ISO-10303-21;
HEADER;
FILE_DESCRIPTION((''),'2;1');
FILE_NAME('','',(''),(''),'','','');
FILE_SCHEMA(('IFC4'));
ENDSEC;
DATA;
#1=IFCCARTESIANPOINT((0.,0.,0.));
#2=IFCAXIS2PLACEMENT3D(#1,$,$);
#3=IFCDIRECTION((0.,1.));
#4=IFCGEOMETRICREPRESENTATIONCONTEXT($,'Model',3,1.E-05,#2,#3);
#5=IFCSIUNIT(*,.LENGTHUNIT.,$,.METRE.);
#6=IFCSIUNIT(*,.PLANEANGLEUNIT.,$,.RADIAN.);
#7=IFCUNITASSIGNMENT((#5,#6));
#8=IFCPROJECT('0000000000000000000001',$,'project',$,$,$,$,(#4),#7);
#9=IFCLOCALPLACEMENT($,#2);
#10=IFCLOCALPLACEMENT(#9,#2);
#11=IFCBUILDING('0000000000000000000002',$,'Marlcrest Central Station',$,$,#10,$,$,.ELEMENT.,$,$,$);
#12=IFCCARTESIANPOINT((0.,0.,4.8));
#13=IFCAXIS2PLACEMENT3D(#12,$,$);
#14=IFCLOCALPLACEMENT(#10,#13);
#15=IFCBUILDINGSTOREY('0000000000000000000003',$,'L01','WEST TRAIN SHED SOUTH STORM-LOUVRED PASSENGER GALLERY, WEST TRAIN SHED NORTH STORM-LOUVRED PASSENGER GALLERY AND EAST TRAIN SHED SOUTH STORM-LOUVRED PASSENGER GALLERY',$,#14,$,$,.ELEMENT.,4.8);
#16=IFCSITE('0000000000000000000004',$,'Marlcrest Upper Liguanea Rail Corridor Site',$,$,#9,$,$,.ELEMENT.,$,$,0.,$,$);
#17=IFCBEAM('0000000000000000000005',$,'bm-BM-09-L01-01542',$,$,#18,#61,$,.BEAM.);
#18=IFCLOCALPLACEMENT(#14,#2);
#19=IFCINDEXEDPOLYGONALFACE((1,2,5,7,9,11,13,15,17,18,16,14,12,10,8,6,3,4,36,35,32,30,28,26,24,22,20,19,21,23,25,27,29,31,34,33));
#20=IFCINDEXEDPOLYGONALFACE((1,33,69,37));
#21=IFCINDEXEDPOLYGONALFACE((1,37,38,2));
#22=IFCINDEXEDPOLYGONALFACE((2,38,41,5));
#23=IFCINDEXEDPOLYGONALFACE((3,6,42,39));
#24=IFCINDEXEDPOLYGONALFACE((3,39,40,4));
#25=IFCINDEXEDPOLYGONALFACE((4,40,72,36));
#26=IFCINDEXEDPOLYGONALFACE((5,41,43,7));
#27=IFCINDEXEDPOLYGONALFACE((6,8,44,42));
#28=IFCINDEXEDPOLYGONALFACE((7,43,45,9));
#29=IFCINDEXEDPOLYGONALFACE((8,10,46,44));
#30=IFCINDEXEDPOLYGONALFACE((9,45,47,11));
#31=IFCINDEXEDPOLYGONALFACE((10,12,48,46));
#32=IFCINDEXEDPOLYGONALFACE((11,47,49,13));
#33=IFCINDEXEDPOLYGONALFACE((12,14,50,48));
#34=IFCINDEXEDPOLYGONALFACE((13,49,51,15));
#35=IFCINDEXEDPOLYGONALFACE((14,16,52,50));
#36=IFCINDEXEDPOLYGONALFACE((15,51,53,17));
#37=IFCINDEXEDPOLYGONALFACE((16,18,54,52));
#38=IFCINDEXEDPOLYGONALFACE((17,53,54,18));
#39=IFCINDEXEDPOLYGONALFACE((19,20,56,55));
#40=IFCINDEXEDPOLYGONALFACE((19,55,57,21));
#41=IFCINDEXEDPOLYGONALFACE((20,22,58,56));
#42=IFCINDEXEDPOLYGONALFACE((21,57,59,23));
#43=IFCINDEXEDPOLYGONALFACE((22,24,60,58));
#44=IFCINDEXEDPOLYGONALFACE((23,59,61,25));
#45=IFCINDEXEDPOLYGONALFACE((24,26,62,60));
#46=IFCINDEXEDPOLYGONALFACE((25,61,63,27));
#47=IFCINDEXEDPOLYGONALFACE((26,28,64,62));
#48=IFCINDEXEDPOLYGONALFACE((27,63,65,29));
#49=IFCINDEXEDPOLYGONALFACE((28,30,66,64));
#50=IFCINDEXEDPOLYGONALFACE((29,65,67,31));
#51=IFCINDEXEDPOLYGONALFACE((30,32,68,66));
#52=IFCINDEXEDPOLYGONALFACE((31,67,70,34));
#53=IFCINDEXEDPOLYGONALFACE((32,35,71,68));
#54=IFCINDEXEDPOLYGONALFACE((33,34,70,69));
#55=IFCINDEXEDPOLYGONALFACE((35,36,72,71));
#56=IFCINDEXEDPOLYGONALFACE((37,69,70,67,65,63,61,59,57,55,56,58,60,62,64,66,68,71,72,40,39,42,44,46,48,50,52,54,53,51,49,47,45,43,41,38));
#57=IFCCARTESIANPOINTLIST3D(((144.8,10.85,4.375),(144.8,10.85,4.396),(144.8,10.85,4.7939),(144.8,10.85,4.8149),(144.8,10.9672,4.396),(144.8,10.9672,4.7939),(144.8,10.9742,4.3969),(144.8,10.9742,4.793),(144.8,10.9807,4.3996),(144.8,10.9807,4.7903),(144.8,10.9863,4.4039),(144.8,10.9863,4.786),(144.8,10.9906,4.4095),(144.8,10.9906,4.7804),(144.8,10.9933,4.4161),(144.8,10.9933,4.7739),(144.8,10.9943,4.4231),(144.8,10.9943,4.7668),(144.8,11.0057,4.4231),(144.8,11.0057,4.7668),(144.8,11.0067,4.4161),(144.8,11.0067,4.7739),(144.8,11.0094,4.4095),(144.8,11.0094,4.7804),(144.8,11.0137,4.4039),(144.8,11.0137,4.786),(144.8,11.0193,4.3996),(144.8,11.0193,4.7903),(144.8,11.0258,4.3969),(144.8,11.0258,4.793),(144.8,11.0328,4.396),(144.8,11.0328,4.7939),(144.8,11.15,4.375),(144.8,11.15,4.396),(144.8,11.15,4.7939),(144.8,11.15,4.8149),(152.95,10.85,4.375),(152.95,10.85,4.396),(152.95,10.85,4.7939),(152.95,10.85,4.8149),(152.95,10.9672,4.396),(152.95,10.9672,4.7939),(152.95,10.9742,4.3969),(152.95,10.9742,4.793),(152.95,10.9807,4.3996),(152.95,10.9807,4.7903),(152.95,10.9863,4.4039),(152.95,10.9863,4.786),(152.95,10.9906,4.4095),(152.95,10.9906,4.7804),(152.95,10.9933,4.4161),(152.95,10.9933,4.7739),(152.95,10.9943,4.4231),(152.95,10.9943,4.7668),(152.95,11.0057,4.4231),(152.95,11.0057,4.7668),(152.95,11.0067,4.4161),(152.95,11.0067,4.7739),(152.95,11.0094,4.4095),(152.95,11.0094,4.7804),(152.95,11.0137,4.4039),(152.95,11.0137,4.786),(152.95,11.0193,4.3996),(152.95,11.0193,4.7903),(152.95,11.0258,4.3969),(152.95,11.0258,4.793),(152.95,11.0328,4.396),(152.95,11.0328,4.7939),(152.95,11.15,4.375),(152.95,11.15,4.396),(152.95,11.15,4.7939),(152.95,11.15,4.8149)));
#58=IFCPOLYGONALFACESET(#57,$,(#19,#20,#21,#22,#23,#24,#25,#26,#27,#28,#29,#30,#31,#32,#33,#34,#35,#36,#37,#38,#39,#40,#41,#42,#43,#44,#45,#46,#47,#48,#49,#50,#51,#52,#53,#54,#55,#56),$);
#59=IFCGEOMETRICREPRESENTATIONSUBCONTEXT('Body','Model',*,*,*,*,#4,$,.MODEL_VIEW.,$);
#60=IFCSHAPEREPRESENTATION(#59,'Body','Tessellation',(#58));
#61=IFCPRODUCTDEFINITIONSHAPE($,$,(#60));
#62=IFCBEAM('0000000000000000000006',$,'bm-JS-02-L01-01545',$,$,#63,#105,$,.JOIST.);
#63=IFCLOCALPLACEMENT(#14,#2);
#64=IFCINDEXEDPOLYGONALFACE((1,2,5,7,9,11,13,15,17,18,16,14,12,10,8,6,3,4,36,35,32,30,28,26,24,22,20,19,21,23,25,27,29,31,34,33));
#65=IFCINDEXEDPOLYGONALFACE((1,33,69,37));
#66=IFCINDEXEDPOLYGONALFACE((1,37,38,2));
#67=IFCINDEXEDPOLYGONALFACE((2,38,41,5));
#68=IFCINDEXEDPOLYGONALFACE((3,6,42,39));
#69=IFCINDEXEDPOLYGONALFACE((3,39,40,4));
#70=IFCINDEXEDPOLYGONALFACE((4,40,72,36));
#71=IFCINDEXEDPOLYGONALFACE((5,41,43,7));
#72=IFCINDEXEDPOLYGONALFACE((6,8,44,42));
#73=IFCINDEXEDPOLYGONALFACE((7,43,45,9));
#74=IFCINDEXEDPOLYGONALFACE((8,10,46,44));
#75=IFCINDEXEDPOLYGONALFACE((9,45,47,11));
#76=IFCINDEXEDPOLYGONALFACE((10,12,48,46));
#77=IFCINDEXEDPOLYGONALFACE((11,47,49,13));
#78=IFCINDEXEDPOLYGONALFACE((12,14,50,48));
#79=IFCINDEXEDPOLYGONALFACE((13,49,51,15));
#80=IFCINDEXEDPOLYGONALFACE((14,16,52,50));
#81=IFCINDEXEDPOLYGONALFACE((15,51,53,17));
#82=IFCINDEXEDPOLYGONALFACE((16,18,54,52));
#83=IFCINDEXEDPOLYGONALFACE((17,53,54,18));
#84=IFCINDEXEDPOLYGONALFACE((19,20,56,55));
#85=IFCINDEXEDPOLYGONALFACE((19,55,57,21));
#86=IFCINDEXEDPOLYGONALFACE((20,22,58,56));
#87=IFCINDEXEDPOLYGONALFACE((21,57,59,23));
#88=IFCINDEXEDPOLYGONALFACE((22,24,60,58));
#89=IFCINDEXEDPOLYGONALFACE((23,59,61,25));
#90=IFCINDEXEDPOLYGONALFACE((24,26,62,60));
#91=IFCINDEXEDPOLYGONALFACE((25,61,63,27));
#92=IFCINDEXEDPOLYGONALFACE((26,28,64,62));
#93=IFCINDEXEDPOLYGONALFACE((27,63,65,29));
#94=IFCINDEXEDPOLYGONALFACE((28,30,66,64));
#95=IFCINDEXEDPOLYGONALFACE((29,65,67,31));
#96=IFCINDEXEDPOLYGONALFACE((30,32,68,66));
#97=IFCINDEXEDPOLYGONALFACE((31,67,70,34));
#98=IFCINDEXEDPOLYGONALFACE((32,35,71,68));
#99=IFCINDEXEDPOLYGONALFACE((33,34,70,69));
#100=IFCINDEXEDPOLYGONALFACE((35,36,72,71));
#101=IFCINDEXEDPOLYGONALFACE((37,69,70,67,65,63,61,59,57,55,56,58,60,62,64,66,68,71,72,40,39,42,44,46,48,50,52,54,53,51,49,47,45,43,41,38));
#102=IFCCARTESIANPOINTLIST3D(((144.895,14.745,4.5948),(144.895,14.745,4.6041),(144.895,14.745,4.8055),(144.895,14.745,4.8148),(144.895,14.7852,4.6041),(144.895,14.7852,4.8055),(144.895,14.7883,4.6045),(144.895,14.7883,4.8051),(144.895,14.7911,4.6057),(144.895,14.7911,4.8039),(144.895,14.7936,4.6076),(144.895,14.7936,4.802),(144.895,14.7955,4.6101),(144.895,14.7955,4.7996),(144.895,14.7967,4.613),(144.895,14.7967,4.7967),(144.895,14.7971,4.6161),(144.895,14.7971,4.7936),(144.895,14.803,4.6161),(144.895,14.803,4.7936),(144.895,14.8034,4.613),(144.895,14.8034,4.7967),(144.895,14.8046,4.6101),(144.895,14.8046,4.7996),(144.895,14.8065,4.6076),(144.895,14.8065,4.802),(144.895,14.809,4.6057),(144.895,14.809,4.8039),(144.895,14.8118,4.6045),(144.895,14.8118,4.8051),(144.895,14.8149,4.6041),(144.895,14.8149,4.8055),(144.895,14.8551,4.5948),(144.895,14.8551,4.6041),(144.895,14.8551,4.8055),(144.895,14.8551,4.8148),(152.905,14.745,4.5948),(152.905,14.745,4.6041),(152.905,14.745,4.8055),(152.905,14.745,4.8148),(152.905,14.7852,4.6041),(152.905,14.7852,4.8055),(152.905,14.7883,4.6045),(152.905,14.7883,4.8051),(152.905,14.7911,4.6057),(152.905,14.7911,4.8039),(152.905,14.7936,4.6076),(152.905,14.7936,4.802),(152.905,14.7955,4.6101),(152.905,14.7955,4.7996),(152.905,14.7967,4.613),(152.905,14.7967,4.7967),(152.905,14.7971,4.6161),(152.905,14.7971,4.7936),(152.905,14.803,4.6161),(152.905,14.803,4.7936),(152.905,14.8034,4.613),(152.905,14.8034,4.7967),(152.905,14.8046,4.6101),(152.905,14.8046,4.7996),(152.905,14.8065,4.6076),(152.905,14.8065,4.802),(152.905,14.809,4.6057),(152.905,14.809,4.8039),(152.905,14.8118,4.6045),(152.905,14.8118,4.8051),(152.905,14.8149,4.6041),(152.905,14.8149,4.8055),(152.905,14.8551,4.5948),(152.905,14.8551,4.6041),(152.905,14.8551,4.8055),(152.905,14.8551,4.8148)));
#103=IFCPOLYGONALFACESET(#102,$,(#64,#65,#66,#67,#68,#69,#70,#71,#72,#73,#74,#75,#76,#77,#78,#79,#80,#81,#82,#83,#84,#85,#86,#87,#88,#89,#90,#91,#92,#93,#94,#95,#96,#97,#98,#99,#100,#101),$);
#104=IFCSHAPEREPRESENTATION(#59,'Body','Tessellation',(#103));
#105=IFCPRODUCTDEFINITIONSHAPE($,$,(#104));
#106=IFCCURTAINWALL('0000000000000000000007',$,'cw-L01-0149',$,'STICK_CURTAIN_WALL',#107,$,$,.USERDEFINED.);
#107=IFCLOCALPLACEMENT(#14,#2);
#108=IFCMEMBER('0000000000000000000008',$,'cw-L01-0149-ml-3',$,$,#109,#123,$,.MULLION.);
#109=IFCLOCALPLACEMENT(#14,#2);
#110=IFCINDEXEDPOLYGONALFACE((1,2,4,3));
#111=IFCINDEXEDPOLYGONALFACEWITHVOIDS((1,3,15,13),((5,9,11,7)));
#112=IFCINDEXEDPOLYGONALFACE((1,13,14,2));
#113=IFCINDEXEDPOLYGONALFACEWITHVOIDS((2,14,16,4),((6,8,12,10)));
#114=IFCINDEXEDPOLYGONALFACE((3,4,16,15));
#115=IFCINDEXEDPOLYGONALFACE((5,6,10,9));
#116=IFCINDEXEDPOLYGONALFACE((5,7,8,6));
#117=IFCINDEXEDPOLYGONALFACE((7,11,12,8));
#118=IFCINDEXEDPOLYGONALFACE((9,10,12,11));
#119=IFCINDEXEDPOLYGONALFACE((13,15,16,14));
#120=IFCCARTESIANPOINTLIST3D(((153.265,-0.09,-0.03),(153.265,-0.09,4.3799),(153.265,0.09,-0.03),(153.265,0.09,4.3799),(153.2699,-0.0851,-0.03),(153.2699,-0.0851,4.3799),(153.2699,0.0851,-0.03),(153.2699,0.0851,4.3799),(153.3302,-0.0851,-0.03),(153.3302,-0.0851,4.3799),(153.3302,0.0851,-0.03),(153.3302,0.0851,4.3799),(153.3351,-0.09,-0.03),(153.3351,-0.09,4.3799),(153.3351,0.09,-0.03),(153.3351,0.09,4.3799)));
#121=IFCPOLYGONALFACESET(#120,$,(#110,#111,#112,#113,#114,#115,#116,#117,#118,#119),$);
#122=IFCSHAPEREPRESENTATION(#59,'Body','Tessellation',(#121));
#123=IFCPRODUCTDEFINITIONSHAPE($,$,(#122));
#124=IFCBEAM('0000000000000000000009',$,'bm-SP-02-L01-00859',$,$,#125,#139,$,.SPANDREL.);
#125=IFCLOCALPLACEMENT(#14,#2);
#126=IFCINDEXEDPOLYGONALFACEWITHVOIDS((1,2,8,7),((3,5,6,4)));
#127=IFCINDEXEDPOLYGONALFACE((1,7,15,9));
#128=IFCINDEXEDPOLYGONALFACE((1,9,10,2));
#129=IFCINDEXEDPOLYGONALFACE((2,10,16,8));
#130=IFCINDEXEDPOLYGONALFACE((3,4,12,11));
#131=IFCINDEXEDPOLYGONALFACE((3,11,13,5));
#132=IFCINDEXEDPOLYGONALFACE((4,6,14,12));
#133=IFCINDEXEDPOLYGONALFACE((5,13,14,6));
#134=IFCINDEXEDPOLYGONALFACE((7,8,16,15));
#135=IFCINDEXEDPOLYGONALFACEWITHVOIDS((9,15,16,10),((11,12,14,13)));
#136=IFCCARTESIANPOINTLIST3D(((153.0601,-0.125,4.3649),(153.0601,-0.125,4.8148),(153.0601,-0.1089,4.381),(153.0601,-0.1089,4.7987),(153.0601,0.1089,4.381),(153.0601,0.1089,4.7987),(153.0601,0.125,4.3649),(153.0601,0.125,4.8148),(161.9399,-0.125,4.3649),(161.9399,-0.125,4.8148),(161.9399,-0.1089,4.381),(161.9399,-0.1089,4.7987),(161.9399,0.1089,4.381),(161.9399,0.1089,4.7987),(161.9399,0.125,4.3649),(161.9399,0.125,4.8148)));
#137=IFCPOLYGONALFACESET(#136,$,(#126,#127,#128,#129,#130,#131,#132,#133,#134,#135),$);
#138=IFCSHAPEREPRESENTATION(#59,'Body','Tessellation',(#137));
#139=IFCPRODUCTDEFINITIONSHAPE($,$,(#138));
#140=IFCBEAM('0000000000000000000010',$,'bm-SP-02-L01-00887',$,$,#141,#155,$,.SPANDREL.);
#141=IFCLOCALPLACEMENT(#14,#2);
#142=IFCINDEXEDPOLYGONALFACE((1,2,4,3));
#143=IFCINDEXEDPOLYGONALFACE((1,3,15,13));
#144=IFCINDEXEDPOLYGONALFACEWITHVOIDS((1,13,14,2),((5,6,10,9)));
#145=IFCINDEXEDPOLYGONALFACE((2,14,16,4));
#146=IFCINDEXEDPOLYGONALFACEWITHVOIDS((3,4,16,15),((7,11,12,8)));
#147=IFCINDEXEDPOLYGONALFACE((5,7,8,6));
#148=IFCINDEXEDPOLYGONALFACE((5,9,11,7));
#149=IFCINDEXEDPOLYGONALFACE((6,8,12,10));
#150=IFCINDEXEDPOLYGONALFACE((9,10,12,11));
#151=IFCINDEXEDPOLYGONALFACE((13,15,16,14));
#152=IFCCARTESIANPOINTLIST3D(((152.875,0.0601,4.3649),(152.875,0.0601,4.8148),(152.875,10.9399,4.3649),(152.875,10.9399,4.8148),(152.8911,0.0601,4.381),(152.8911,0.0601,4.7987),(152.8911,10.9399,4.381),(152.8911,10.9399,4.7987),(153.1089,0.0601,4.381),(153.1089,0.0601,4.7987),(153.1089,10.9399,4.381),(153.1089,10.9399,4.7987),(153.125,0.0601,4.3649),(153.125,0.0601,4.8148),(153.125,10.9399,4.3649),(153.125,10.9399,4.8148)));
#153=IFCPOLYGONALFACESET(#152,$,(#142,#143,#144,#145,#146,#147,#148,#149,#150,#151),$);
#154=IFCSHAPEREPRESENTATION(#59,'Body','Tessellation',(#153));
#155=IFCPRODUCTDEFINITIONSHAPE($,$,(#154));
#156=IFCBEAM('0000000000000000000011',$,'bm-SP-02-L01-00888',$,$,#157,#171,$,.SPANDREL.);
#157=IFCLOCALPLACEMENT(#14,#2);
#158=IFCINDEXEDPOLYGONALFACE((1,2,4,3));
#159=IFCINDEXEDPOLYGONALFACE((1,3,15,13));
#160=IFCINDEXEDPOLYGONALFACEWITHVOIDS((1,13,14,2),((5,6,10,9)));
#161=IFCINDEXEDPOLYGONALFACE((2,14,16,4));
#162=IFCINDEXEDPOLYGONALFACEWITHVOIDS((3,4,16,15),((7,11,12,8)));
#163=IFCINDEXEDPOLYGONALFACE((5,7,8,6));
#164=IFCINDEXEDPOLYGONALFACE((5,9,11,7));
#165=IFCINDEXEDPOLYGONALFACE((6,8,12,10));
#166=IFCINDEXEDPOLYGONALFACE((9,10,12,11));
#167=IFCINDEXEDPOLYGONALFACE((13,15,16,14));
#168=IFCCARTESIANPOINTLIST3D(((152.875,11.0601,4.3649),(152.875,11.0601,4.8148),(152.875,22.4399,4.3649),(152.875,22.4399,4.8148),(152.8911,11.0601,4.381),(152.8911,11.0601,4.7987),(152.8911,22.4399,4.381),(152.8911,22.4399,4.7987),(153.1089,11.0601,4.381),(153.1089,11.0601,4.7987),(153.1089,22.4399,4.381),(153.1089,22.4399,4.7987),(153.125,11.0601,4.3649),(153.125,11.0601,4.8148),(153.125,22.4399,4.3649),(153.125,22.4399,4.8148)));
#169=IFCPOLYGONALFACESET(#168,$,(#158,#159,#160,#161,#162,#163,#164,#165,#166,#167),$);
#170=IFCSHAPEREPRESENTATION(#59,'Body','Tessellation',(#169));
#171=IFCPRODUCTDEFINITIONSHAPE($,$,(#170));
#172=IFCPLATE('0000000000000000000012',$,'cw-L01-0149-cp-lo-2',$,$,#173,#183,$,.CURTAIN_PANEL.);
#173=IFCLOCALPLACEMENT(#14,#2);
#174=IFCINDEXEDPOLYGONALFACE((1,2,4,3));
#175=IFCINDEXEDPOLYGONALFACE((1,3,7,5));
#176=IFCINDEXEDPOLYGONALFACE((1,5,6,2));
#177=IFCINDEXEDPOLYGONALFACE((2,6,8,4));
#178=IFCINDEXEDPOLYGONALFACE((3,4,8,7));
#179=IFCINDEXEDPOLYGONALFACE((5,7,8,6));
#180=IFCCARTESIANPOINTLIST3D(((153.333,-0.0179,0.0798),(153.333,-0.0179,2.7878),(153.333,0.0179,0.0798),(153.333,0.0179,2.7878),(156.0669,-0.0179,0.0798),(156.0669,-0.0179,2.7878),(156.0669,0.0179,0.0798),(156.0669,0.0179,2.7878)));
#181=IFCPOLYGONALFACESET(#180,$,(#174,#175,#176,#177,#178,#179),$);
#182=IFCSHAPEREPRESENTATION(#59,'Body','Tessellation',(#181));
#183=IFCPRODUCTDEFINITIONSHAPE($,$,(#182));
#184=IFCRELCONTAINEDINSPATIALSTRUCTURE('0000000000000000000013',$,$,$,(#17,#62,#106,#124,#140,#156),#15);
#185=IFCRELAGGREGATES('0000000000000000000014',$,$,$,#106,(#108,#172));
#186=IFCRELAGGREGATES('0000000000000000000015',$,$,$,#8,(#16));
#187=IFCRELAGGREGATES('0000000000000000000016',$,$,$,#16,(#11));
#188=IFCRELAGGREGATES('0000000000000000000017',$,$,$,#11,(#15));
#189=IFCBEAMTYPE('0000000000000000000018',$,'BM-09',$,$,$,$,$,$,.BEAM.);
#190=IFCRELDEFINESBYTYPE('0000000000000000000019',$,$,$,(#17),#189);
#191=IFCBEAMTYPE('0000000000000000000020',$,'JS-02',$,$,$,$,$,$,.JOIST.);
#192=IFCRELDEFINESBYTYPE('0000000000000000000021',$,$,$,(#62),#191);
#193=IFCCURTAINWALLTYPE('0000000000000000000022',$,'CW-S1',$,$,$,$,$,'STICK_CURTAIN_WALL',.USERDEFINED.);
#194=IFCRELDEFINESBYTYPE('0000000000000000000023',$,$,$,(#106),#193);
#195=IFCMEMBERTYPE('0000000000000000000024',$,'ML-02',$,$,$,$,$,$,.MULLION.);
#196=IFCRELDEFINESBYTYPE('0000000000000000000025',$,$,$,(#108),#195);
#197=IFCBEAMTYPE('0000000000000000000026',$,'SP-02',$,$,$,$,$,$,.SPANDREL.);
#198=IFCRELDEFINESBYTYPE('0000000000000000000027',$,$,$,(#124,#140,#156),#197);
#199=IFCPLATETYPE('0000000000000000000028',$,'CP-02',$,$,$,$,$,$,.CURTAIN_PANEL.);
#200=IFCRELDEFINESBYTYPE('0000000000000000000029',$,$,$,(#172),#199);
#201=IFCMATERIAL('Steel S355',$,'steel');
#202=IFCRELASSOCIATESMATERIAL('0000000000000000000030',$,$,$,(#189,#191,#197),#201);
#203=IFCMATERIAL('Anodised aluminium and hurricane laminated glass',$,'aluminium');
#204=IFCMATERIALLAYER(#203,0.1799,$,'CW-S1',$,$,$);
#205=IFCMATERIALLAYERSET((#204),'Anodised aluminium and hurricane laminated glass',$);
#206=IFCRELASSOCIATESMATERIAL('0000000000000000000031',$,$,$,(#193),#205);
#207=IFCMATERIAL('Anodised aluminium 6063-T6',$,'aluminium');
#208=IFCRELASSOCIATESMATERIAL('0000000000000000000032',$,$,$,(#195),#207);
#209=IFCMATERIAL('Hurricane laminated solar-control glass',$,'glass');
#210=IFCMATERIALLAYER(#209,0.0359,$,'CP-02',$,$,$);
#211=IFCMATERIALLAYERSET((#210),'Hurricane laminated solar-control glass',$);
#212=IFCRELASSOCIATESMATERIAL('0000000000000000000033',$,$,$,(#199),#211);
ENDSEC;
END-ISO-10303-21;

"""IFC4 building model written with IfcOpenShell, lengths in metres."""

from ifc_helpers import new_model, si_unit, direction, frame, origin, origin_2d, place, context, subcontext, project, spatial, rectangle, hollow_rectangle, i_section, extrude, material, layer, layer_set, material_profile, profile_set, type_object, element, aggregate, save


model = new_model("IFC4")

# Units and contexts
model_context = context("Model", 3, precision=1e-05, world=origin(), true_north=direction((0.0, 1.0)))
body_context = subcontext(model_context, "Body", "Model", "MODEL_VIEW")
ifc_project = project(units=[si_unit("LENGTHUNIT", "METRE"), si_unit("PLANEANGLEUNIT", "RADIAN")], contexts=[model_context])

# Site, building, storey
site_placement = place(None, origin())
site = spatial("IfcSite", under=ifc_project, at=site_placement, Name="Marlcrest Upper Liguanea Rail Corridor Site", CompositionType="ELEMENT", RefElevation=0.0)
building_placement = place(site_placement, origin())
building = spatial("IfcBuilding", under=site, at=building_placement, Name="Marlcrest Central Station", CompositionType="ELEMENT")
storey_placement = place(building_placement, frame((0.0, 0.0, 4.8)))
storey = spatial("IfcBuildingStorey", under=building, at=storey_placement, Name="L01", Description="WEST TRAIN SHED SOUTH STORM-LOUVRED PASSENGER GALLERY, WEST TRAIN SHED NORTH STORM-LOUVRED PASSENGER GALLERY AND EAST TRAIN SHED SOUTH STORM-LOUVRED PASSENGER GALLERY", CompositionType="ELEMENT", Elevation=4.8)

# Shared definitions
ifc_material_1 = material(Name="Steel S355", Category="steel")

# Beams
ifc_material_profile_1 = material_profile(ifc_material_1, i_section(OverallWidth=0.3, OverallDepth=0.4399, WebThickness=0.0115, FlangeThickness=0.021, FilletRadius=0.0271, at=origin_2d()), Name="HEA 450")
ifc_profile_set_1 = profile_set([ifc_material_profile_1], Name="Steel S355")
beam_type_1 = type_object("IfcBeamType", Name="BM-09", PredefinedType="BEAM", material=ifc_profile_set_1)
beam_1_placement = place(storey_placement, frame((144.8, 11.0, 4.595), z_axis=(1.0, 0.0, 0.0), x_axis=(0.0, 1.0, 0.0)))
element("IfcBeam", 1, at=beam_1_placement, inside=storey, type_object=beam_type_1, Name="bm-BM-09-L01-01542", PredefinedType="BEAM", context=body_context, shape_type="SweptSolid", body=[
    extrude(i_section(OverallWidth=0.3, OverallDepth=0.4399, WebThickness=0.0115, FlangeThickness=0.021, FilletRadius=0.0271, at=origin_2d()), origin(), (0.0, 0.0, 1.0), 8.1499),
])
ifc_material_profile_2 = material_profile(ifc_material_1, i_section(OverallWidth=0.1101, OverallDepth=0.22, WebThickness=0.0059, FlangeThickness=0.0093, FilletRadius=0.012, at=origin_2d()), Name="IPE 220")
ifc_profile_set_2 = profile_set([ifc_material_profile_2], Name="Steel S355")
beam_type_2 = type_object("IfcBeamType", Name="JS-02", PredefinedType="JOIST", material=ifc_profile_set_2)
beam_2_placement = place(storey_placement, frame((144.895, 14.8, 4.7048), z_axis=(1.0, 0.0, 0.0), x_axis=(0.0, 1.0, 0.0)))
element("IfcBeam", 2, at=beam_2_placement, inside=storey, type_object=beam_type_2, Name="bm-JS-02-L01-01545", PredefinedType="JOIST", context=body_context, shape_type="SweptSolid", body=[
    extrude(i_section(OverallWidth=0.1101, OverallDepth=0.22, WebThickness=0.0059, FlangeThickness=0.0093, FilletRadius=0.012, at=origin_2d()), origin(), (0.0, 0.0, 1.0), 8.01),
])

# Curtain wall, member
ifc_material_2 = material(Name="Anodised aluminium and hurricane laminated glass", Category="aluminium")
ifc_layer_1 = layer(ifc_material_2, 0.1799, Name="CW-S1")
ifc_layer_set_1 = layer_set([ifc_layer_1], Name="Anodised aluminium and hurricane laminated glass")
curtain_wall_type = type_object("IfcCurtainWallType", Name="CW-S1", ElementType="STICK_CURTAIN_WALL", PredefinedType="USERDEFINED", material=ifc_layer_set_1)
curtain_wall_placement = place(storey_placement, origin())
curtain_wall = element("IfcCurtainWall", 3, at=curtain_wall_placement, inside=storey, type_object=curtain_wall_type, Name="cw-L01-0149", ObjectType="STICK_CURTAIN_WALL", PredefinedType="USERDEFINED")
ifc_material_3 = material(Name="Anodised aluminium 6063-T6", Category="aluminium")
ifc_material_profile_3 = material_profile(ifc_material_3, hollow_rectangle(XDim=0.0701, YDim=0.1799, WallThickness=0.0049, at=origin_2d()), Name="AA-RHS 180x70x5")
ifc_profile_set_3 = profile_set([ifc_material_profile_3], Name="Anodised aluminium 6063-T6")
member_type = type_object("IfcMemberType", Name="ML-02", PredefinedType="MULLION", material=ifc_profile_set_3)
member_placement = place(storey_placement, frame((153.3, 0.0, -0.03), z_axis=(0.0, 0.0, 1.0), x_axis=(1.0, 0.0, 0.0)))
member = element("IfcMember", 4, at=member_placement, type_object=member_type, Name="cw-L01-0149-ml-3", PredefinedType="MULLION", context=body_context, shape_type="SweptSolid", body=[
    extrude(hollow_rectangle(XDim=0.0701, YDim=0.1799, WallThickness=0.0049, at=origin_2d()), origin(), (0.0, 0.0, 1.0), 4.4099),
])

# Beams
ifc_material_profile_4 = material_profile(ifc_material_1, hollow_rectangle(XDim=0.25, YDim=0.45, WallThickness=0.0161, at=origin_2d()), Name="RHS 450x250x16")
ifc_profile_set_4 = profile_set([ifc_material_profile_4], Name="Steel S355")
beam_type_3 = type_object("IfcBeamType", Name="SP-02", PredefinedType="SPANDREL", material=ifc_profile_set_4)
beam_3_placement = place(storey_placement, frame((153.0601, 0.0, 4.5898), z_axis=(1.0, 0.0, 0.0), x_axis=(0.0, 1.0, 0.0)))
element("IfcBeam", 5, at=beam_3_placement, inside=storey, type_object=beam_type_3, Name="bm-SP-02-L01-00859", PredefinedType="SPANDREL", context=body_context, shape_type="SweptSolid", body=[
    extrude(hollow_rectangle(XDim=0.25, YDim=0.45, WallThickness=0.0161, at=origin_2d()), origin(), (0.0, 0.0, 1.0), 8.8799),
])
beam_4_placement = place(storey_placement, frame((153.0, 0.0601, 4.5898), z_axis=(0.0, 1.0, 0.0), x_axis=(-1.0, 0.0, 0.0)))
element("IfcBeam", 6, at=beam_4_placement, inside=storey, type_object=beam_type_3, Name="bm-SP-02-L01-00887", PredefinedType="SPANDREL", context=body_context, shape_type="SweptSolid", body=[
    extrude(hollow_rectangle(XDim=0.25, YDim=0.45, WallThickness=0.0161, at=origin_2d()), origin(), (0.0, 0.0, 1.0), 10.8799),
])
beam_5_placement = place(storey_placement, frame((153.0, 11.0601, 4.5898), z_axis=(0.0, 1.0, 0.0), x_axis=(-1.0, 0.0, 0.0)))
element("IfcBeam", 7, at=beam_5_placement, inside=storey, type_object=beam_type_3, Name="bm-SP-02-L01-00888", PredefinedType="SPANDREL", context=body_context, shape_type="SweptSolid", body=[
    extrude(hollow_rectangle(XDim=0.25, YDim=0.45, WallThickness=0.0161, at=origin_2d()), origin(), (0.0, 0.0, 1.0), 11.3799),
])

# Plate
ifc_material_4 = material(Name="Hurricane laminated solar-control glass", Category="glass")
ifc_layer_2 = layer(ifc_material_4, 0.0359, Name="CP-02")
ifc_layer_set_2 = layer_set([ifc_layer_2], Name="Hurricane laminated solar-control glass")
plate_type = type_object("IfcPlateType", Name="CP-02", PredefinedType="CURTAIN_PANEL", material=ifc_layer_set_2)
plate_placement = place(storey_placement, frame((154.7, 0.0, 0.0798), z_axis=(0.0, 0.0, 1.0), x_axis=(-1.0, 0.0, 0.0)))
plate = element("IfcPlate", 8, at=plate_placement, type_object=plate_type, Name="cw-L01-0149-cp-lo-2", PredefinedType="CURTAIN_PANEL", context=body_context, shape_type="SweptSolid", body=[
    extrude(rectangle(XDim=2.7339, YDim=0.0359, at=origin_2d()), origin(), (0.0, 0.0, 1.0), 2.708),
])
aggregate(curtain_wall, [member, plate])

save(model, "model.ifc")
